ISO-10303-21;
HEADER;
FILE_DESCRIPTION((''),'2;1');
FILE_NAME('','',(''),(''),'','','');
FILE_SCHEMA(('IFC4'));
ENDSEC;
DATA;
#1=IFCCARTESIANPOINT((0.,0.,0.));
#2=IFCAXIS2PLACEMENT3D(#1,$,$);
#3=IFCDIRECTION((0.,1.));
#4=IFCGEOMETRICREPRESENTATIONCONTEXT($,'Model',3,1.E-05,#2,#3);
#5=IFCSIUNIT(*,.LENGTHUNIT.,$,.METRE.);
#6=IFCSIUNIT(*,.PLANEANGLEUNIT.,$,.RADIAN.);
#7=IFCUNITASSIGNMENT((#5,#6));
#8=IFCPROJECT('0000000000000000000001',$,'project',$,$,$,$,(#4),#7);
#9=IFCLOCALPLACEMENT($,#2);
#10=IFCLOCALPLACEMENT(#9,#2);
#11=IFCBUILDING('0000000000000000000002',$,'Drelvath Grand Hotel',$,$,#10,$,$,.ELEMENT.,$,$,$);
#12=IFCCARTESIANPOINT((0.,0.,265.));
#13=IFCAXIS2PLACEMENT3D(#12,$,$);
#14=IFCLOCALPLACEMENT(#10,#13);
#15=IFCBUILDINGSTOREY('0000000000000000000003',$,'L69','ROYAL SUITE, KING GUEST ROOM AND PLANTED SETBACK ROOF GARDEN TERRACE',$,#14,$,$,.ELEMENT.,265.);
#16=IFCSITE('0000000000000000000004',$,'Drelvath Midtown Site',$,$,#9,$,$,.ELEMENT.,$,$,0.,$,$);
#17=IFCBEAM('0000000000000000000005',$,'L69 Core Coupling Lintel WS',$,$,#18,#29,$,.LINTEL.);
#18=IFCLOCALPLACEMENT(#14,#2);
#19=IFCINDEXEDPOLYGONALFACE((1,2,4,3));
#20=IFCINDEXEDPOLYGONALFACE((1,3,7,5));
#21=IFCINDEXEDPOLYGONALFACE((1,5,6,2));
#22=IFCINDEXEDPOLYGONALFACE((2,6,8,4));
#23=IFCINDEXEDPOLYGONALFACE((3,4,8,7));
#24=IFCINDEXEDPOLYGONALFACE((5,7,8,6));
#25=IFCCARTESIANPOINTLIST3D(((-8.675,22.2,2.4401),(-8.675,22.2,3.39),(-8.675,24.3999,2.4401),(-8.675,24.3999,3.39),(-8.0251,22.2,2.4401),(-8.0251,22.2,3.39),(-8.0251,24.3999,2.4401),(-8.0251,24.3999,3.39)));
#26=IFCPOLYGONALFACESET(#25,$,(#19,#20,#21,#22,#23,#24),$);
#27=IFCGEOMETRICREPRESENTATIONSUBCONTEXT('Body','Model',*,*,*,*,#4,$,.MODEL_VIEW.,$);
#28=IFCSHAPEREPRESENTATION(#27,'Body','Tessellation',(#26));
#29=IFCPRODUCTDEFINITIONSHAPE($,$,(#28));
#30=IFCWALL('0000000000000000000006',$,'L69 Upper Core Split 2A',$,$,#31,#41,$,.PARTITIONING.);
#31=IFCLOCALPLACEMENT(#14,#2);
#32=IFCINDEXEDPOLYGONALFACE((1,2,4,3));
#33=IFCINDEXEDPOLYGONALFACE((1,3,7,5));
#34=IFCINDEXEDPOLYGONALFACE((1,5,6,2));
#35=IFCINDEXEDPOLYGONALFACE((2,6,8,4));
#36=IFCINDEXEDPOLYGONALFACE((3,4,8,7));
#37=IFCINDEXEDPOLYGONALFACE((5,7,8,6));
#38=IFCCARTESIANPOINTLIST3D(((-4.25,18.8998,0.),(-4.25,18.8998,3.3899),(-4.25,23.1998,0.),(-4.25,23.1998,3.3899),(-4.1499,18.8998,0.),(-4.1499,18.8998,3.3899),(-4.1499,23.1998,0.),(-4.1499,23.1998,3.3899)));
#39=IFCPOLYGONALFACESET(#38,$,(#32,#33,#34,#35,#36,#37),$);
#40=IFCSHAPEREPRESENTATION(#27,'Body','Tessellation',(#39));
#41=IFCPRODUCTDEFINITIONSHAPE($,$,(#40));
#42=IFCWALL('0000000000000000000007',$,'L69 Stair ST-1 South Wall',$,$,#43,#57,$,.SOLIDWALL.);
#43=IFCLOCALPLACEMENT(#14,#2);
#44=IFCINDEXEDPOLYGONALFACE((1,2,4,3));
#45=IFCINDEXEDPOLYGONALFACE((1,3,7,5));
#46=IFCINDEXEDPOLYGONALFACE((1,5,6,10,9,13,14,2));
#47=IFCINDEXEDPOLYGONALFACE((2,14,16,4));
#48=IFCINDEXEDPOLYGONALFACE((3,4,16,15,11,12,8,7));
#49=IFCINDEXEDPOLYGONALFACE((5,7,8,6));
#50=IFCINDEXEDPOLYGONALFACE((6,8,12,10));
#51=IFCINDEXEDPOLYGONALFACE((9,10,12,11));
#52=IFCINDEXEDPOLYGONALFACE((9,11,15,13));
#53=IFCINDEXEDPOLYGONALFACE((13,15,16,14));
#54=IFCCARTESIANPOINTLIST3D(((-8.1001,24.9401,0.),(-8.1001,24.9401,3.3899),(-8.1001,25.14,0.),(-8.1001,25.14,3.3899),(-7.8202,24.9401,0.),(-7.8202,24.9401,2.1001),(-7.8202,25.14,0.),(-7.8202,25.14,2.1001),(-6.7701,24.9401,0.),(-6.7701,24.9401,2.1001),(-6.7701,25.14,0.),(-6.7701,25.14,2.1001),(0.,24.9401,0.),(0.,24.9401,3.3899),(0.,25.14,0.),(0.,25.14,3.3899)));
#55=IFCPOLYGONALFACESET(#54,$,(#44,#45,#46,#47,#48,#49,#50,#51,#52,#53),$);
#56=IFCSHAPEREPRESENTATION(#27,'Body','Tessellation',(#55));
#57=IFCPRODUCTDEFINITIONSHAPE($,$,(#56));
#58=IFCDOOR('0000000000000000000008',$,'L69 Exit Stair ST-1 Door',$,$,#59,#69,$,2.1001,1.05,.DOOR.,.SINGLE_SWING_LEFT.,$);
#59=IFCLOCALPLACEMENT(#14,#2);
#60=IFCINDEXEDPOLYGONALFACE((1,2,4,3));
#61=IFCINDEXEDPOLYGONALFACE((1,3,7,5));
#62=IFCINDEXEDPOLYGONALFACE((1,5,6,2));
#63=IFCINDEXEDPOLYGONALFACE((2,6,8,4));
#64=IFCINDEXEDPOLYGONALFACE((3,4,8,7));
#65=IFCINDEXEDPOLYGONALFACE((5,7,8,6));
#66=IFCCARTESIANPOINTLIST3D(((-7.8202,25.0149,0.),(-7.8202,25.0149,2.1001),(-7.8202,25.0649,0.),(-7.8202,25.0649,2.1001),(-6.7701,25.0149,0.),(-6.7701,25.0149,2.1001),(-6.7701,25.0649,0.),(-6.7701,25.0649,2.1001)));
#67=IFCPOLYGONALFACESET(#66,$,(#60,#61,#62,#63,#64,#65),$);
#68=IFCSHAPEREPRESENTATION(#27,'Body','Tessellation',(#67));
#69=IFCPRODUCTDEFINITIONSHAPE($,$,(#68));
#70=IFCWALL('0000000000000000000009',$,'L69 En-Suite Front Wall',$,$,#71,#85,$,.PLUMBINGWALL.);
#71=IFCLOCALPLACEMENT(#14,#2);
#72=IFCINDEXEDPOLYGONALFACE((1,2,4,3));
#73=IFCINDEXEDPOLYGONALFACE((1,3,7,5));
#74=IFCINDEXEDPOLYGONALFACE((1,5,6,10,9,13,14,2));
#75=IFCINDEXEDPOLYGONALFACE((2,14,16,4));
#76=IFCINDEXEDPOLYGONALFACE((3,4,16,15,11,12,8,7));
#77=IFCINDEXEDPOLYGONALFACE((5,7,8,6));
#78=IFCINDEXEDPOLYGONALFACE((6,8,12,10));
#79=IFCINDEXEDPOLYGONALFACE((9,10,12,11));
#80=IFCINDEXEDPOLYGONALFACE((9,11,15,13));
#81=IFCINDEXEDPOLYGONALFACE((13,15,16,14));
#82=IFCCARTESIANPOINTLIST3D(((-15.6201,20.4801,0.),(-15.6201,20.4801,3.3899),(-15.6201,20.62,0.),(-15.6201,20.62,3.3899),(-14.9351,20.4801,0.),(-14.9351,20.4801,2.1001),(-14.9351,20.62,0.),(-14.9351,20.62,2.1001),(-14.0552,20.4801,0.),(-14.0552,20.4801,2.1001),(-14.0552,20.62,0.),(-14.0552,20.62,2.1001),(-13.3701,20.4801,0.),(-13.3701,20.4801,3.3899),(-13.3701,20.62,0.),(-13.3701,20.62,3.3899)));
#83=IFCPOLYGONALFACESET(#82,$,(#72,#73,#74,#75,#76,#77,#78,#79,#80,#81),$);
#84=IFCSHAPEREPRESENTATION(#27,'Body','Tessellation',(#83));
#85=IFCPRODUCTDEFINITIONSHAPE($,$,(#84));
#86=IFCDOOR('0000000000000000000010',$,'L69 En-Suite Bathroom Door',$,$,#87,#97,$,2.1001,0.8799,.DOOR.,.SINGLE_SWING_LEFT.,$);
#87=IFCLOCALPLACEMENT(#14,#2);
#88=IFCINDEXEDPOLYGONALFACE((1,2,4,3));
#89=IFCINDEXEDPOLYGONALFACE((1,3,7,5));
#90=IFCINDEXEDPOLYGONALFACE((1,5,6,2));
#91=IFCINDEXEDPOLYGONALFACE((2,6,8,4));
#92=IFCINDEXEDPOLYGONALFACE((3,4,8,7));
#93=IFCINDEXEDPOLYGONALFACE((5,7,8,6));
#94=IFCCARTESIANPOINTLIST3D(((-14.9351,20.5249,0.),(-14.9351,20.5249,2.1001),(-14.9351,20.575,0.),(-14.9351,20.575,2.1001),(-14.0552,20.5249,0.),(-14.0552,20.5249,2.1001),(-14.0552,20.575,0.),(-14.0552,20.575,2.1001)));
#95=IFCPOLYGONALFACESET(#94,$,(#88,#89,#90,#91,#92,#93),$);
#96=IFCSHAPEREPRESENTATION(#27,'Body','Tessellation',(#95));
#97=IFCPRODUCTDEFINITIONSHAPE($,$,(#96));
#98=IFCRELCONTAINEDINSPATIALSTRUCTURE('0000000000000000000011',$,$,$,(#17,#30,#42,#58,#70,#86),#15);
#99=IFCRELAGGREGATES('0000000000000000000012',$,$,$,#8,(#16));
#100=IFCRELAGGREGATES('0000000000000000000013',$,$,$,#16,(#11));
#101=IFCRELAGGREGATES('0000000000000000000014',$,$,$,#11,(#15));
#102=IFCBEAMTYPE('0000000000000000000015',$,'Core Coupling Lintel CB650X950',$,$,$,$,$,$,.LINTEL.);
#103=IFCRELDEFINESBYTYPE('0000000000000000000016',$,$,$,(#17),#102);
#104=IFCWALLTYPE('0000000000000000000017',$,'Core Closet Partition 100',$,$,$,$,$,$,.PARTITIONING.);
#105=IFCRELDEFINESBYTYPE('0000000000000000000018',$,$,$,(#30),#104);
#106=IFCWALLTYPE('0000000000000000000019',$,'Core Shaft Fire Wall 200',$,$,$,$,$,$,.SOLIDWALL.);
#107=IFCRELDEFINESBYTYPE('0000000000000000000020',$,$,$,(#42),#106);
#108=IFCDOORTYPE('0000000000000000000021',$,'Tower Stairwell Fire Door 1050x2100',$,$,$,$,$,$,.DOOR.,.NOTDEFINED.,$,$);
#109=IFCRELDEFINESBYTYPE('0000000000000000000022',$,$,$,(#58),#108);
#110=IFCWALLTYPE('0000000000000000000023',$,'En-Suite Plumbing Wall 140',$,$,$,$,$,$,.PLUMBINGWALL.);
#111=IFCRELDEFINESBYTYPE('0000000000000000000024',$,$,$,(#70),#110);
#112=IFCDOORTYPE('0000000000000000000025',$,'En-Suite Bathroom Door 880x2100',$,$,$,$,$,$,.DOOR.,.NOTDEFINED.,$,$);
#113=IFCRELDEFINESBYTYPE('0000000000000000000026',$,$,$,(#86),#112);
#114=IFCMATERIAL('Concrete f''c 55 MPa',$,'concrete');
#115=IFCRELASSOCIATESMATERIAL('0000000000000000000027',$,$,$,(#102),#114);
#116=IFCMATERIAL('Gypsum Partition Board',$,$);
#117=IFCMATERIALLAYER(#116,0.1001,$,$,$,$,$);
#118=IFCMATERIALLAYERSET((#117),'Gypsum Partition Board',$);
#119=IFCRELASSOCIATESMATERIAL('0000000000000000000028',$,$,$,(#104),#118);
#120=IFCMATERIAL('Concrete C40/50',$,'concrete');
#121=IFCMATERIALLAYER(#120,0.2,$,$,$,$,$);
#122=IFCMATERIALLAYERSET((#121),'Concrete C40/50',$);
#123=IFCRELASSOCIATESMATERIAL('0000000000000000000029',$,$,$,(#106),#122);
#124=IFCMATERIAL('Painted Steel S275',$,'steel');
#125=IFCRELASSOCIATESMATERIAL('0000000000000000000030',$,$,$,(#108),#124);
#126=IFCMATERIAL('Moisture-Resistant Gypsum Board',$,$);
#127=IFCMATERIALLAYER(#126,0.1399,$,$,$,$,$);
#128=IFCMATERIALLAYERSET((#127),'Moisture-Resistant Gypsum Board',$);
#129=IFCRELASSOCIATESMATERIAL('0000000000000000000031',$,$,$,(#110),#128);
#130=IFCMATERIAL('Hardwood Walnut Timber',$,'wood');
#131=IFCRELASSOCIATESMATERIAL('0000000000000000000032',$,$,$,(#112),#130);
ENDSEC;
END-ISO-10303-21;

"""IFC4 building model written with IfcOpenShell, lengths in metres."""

from ifc_helpers import new_model, si_unit, direction, frame, frame_2d, origin, origin_2d, place, context, subcontext, project, spatial, rectangle, extrude, material, layer, layer_set, material_profile, profile_set, type_object, element, fill, save


model = new_model("IFC4")

# Units and contexts
model_context = context("Model", 3, precision=1e-05, world=origin(), true_north=direction((0.0, 1.0)))
body_context = subcontext(model_context, "Body", "Model", "MODEL_VIEW")
ifc_project = project(units=[si_unit("LENGTHUNIT", "METRE"), si_unit("PLANEANGLEUNIT", "RADIAN")], contexts=[model_context])

# Site, building, storey
site_placement = place(None, origin())
site = spatial("IfcSite", under=ifc_project, at=site_placement, Name="Drelvath Midtown Site", CompositionType="ELEMENT", RefElevation=0.0)
building_placement = place(site_placement, origin())
building = spatial("IfcBuilding", under=site, at=building_placement, Name="Drelvath Grand Hotel", CompositionType="ELEMENT")
storey_placement = place(building_placement, frame((0.0, 0.0, 265.0)))
storey = spatial("IfcBuildingStorey", under=building, at=storey_placement, Name="L69", Description="ROYAL SUITE, KING GUEST ROOM AND PLANTED SETBACK ROOF GARDEN TERRACE", CompositionType="ELEMENT", Elevation=265.0)

# Beam
ifc_material_1 = material(Name="Concrete f'c 55 MPa", Category="concrete")
ifc_material_profile = material_profile(ifc_material_1, rectangle(XDim=0.6499, YDim=0.95, at=origin_2d()), Name="CB650X950")
ifc_profile_set = profile_set([ifc_material_profile], Name="Concrete f'c 55 MPa")
beam_type = type_object("IfcBeamType", Name="Core Coupling Lintel CB650X950", PredefinedType="LINTEL", material=ifc_profile_set)
beam_placement = place(storey_placement, frame((-8.3501, 22.2, 2.915), z_axis=(0.0, 1.0, 0.0), x_axis=(-1.0, 0.0, 0.0)))
element("IfcBeam", 1, at=beam_placement, inside=storey, type_object=beam_type, Name="L69 Core Coupling Lintel WS", PredefinedType="LINTEL", context=body_context, shape_type="SweptSolid", body=[
    extrude(rectangle(XDim=0.6499, YDim=0.95, at=origin_2d()), origin(), (0.0, 0.0, 1.0), 2.2),
])

# Wall
ifc_material_2 = material(Name="Gypsum Partition Board")
ifc_layer_1 = layer(ifc_material_2, 0.1001)
ifc_layer_set_1 = layer_set([ifc_layer_1], Name="Gypsum Partition Board")
wall_type_1 = type_object("IfcWallType", Name="Core Closet Partition 100", PredefinedType="PARTITIONING", material=ifc_layer_set_1)
wall_1_placement = place(storey_placement, frame((-4.2, 18.8999, 0.0), z_axis=(0.0, 0.0, 1.0), x_axis=(0.0, 1.0, 0.0)))
element("IfcWall", 2, at=wall_1_placement, inside=storey, type_object=wall_type_1, Name="L69 Upper Core Split 2A", PredefinedType="PARTITIONING", context=body_context, shape_type="SweptSolid", body=[
    extrude(rectangle(XDim=4.3, YDim=0.1001, at=frame_2d((2.1499, 0.0))), origin(), (0.0, 0.0, 1.0), 3.3899),
])

# Walls, openings, doors
ifc_material_3 = material(Name="Concrete C40/50", Category="concrete")
ifc_layer_2 = layer(ifc_material_3, 0.2)
ifc_layer_set_2 = layer_set([ifc_layer_2], Name="Concrete C40/50")
wall_type_2 = type_object("IfcWallType", Name="Core Shaft Fire Wall 200", PredefinedType="SOLIDWALL", material=ifc_layer_set_2)
wall_2_placement = place(storey_placement, frame((-8.1001, 25.04, 0.0), z_axis=(0.0, 0.0, 1.0), x_axis=(1.0, 0.0, 0.0)))
wall_2 = element("IfcWall", 3, at=wall_2_placement, inside=storey, type_object=wall_type_2, Name="L69 Stair ST-1 South Wall", PredefinedType="SOLIDWALL", context=body_context, shape_type="SweptSolid", body=[
    extrude(rectangle(XDim=8.1001, YDim=0.2, at=frame_2d((4.05, 0.0))), origin(), (0.0, 0.0, 1.0), 3.3899),
])
opening_1_placement = place(wall_2_placement, frame((0.28, 0.0, 0.0)))
opening_1 = element("IfcOpeningElement", 4, at=opening_1_placement, cuts=wall_2, PredefinedType="OPENING", context=body_context, shape_type="SweptSolid", body=[
    extrude(rectangle(XDim=1.05, YDim=2.1001, at=frame_2d((0.5249, 1.05))), frame((0.0, 0.1099, 0.0), z_axis=(0.0, -1.0, 0.0), x_axis=(1.0, 0.0, 0.0)), (0.0, 0.0, 1.0), 0.22),
])
ifc_material_4 = material(Name="Painted Steel S275", Category="steel")
door_type_1 = type_object("IfcDoorType", Name="Tower Stairwell Fire Door 1050x2100", OperationType="NOTDEFINED", PredefinedType="DOOR", material=ifc_material_4)
door_1_placement = place(opening_1_placement, origin())
door_1 = element("IfcDoor", 5, at=door_1_placement, inside=storey, type_object=door_type_1, Name="L69 Exit Stair ST-1 Door", OperationType="SINGLE_SWING_LEFT", OverallHeight=2.1001, OverallWidth=1.05, PredefinedType="DOOR", context=body_context, shape_type="SweptSolid", body=[
    extrude(rectangle(XDim=1.05, YDim=2.1001, at=frame_2d((0.5249, 1.05))), frame((0.0, 0.0249, 0.0), z_axis=(0.0, -1.0, 0.0), x_axis=(1.0, 0.0, 0.0)), (0.0, 0.0, 1.0), 0.05),
])
fill(opening_1, door_1)
ifc_material_5 = material(Name="Moisture-Resistant Gypsum Board")
ifc_layer_3 = layer(ifc_material_5, 0.1399)
ifc_layer_set_3 = layer_set([ifc_layer_3], Name="Moisture-Resistant Gypsum Board")
wall_type_3 = type_object("IfcWallType", Name="En-Suite Plumbing Wall 140", PredefinedType="PLUMBINGWALL", material=ifc_layer_set_3)
wall_3_placement = place(storey_placement, frame((-15.6201, 20.55, 0.0), z_axis=(0.0, 0.0, 1.0), x_axis=(1.0, 0.0, 0.0)))
wall_3 = element("IfcWall", 6, at=wall_3_placement, inside=storey, type_object=wall_type_3, Name="L69 En-Suite Front Wall", PredefinedType="PLUMBINGWALL", context=body_context, shape_type="SweptSolid", body=[
    extrude(rectangle(XDim=2.25, YDim=0.1399, at=frame_2d((1.125, 0.0))), origin(), (0.0, 0.0, 1.0), 3.3899),
])
opening_2_placement = place(wall_3_placement, frame((0.6851, 0.0, 0.0)))
opening_2 = element("IfcOpeningElement", 7, at=opening_2_placement, cuts=wall_3, PredefinedType="OPENING", context=body_context, shape_type="SweptSolid", body=[
    extrude(rectangle(XDim=0.8799, YDim=2.1001, at=frame_2d((0.4399, 1.05))), frame((0.0, 0.0798, 0.0), z_axis=(0.0, -1.0, 0.0), x_axis=(1.0, 0.0, 0.0)), (0.0, 0.0, 1.0), 0.1599),
])
ifc_material_6 = material(Name="Hardwood Walnut Timber", Category="wood")
door_type_2 = type_object("IfcDoorType", Name="En-Suite Bathroom Door 880x2100", OperationType="NOTDEFINED", PredefinedType="DOOR", material=ifc_material_6)
door_2_placement = place(opening_2_placement, origin())
door_2 = element("IfcDoor", 8, at=door_2_placement, inside=storey, type_object=door_type_2, Name="L69 En-Suite Bathroom Door", OperationType="SINGLE_SWING_LEFT", OverallHeight=2.1001, OverallWidth=0.8799, PredefinedType="DOOR", context=body_context, shape_type="SweptSolid", body=[
    extrude(rectangle(XDim=0.8799, YDim=2.1001, at=frame_2d((0.4399, 1.05))), frame((0.0, 0.0249, 0.0), z_axis=(0.0, -1.0, 0.0), x_axis=(1.0, 0.0, 0.0)), (0.0, 0.0, 1.0), 0.05),
])
fill(opening_2, door_2)

save(model, "model.ifc")
